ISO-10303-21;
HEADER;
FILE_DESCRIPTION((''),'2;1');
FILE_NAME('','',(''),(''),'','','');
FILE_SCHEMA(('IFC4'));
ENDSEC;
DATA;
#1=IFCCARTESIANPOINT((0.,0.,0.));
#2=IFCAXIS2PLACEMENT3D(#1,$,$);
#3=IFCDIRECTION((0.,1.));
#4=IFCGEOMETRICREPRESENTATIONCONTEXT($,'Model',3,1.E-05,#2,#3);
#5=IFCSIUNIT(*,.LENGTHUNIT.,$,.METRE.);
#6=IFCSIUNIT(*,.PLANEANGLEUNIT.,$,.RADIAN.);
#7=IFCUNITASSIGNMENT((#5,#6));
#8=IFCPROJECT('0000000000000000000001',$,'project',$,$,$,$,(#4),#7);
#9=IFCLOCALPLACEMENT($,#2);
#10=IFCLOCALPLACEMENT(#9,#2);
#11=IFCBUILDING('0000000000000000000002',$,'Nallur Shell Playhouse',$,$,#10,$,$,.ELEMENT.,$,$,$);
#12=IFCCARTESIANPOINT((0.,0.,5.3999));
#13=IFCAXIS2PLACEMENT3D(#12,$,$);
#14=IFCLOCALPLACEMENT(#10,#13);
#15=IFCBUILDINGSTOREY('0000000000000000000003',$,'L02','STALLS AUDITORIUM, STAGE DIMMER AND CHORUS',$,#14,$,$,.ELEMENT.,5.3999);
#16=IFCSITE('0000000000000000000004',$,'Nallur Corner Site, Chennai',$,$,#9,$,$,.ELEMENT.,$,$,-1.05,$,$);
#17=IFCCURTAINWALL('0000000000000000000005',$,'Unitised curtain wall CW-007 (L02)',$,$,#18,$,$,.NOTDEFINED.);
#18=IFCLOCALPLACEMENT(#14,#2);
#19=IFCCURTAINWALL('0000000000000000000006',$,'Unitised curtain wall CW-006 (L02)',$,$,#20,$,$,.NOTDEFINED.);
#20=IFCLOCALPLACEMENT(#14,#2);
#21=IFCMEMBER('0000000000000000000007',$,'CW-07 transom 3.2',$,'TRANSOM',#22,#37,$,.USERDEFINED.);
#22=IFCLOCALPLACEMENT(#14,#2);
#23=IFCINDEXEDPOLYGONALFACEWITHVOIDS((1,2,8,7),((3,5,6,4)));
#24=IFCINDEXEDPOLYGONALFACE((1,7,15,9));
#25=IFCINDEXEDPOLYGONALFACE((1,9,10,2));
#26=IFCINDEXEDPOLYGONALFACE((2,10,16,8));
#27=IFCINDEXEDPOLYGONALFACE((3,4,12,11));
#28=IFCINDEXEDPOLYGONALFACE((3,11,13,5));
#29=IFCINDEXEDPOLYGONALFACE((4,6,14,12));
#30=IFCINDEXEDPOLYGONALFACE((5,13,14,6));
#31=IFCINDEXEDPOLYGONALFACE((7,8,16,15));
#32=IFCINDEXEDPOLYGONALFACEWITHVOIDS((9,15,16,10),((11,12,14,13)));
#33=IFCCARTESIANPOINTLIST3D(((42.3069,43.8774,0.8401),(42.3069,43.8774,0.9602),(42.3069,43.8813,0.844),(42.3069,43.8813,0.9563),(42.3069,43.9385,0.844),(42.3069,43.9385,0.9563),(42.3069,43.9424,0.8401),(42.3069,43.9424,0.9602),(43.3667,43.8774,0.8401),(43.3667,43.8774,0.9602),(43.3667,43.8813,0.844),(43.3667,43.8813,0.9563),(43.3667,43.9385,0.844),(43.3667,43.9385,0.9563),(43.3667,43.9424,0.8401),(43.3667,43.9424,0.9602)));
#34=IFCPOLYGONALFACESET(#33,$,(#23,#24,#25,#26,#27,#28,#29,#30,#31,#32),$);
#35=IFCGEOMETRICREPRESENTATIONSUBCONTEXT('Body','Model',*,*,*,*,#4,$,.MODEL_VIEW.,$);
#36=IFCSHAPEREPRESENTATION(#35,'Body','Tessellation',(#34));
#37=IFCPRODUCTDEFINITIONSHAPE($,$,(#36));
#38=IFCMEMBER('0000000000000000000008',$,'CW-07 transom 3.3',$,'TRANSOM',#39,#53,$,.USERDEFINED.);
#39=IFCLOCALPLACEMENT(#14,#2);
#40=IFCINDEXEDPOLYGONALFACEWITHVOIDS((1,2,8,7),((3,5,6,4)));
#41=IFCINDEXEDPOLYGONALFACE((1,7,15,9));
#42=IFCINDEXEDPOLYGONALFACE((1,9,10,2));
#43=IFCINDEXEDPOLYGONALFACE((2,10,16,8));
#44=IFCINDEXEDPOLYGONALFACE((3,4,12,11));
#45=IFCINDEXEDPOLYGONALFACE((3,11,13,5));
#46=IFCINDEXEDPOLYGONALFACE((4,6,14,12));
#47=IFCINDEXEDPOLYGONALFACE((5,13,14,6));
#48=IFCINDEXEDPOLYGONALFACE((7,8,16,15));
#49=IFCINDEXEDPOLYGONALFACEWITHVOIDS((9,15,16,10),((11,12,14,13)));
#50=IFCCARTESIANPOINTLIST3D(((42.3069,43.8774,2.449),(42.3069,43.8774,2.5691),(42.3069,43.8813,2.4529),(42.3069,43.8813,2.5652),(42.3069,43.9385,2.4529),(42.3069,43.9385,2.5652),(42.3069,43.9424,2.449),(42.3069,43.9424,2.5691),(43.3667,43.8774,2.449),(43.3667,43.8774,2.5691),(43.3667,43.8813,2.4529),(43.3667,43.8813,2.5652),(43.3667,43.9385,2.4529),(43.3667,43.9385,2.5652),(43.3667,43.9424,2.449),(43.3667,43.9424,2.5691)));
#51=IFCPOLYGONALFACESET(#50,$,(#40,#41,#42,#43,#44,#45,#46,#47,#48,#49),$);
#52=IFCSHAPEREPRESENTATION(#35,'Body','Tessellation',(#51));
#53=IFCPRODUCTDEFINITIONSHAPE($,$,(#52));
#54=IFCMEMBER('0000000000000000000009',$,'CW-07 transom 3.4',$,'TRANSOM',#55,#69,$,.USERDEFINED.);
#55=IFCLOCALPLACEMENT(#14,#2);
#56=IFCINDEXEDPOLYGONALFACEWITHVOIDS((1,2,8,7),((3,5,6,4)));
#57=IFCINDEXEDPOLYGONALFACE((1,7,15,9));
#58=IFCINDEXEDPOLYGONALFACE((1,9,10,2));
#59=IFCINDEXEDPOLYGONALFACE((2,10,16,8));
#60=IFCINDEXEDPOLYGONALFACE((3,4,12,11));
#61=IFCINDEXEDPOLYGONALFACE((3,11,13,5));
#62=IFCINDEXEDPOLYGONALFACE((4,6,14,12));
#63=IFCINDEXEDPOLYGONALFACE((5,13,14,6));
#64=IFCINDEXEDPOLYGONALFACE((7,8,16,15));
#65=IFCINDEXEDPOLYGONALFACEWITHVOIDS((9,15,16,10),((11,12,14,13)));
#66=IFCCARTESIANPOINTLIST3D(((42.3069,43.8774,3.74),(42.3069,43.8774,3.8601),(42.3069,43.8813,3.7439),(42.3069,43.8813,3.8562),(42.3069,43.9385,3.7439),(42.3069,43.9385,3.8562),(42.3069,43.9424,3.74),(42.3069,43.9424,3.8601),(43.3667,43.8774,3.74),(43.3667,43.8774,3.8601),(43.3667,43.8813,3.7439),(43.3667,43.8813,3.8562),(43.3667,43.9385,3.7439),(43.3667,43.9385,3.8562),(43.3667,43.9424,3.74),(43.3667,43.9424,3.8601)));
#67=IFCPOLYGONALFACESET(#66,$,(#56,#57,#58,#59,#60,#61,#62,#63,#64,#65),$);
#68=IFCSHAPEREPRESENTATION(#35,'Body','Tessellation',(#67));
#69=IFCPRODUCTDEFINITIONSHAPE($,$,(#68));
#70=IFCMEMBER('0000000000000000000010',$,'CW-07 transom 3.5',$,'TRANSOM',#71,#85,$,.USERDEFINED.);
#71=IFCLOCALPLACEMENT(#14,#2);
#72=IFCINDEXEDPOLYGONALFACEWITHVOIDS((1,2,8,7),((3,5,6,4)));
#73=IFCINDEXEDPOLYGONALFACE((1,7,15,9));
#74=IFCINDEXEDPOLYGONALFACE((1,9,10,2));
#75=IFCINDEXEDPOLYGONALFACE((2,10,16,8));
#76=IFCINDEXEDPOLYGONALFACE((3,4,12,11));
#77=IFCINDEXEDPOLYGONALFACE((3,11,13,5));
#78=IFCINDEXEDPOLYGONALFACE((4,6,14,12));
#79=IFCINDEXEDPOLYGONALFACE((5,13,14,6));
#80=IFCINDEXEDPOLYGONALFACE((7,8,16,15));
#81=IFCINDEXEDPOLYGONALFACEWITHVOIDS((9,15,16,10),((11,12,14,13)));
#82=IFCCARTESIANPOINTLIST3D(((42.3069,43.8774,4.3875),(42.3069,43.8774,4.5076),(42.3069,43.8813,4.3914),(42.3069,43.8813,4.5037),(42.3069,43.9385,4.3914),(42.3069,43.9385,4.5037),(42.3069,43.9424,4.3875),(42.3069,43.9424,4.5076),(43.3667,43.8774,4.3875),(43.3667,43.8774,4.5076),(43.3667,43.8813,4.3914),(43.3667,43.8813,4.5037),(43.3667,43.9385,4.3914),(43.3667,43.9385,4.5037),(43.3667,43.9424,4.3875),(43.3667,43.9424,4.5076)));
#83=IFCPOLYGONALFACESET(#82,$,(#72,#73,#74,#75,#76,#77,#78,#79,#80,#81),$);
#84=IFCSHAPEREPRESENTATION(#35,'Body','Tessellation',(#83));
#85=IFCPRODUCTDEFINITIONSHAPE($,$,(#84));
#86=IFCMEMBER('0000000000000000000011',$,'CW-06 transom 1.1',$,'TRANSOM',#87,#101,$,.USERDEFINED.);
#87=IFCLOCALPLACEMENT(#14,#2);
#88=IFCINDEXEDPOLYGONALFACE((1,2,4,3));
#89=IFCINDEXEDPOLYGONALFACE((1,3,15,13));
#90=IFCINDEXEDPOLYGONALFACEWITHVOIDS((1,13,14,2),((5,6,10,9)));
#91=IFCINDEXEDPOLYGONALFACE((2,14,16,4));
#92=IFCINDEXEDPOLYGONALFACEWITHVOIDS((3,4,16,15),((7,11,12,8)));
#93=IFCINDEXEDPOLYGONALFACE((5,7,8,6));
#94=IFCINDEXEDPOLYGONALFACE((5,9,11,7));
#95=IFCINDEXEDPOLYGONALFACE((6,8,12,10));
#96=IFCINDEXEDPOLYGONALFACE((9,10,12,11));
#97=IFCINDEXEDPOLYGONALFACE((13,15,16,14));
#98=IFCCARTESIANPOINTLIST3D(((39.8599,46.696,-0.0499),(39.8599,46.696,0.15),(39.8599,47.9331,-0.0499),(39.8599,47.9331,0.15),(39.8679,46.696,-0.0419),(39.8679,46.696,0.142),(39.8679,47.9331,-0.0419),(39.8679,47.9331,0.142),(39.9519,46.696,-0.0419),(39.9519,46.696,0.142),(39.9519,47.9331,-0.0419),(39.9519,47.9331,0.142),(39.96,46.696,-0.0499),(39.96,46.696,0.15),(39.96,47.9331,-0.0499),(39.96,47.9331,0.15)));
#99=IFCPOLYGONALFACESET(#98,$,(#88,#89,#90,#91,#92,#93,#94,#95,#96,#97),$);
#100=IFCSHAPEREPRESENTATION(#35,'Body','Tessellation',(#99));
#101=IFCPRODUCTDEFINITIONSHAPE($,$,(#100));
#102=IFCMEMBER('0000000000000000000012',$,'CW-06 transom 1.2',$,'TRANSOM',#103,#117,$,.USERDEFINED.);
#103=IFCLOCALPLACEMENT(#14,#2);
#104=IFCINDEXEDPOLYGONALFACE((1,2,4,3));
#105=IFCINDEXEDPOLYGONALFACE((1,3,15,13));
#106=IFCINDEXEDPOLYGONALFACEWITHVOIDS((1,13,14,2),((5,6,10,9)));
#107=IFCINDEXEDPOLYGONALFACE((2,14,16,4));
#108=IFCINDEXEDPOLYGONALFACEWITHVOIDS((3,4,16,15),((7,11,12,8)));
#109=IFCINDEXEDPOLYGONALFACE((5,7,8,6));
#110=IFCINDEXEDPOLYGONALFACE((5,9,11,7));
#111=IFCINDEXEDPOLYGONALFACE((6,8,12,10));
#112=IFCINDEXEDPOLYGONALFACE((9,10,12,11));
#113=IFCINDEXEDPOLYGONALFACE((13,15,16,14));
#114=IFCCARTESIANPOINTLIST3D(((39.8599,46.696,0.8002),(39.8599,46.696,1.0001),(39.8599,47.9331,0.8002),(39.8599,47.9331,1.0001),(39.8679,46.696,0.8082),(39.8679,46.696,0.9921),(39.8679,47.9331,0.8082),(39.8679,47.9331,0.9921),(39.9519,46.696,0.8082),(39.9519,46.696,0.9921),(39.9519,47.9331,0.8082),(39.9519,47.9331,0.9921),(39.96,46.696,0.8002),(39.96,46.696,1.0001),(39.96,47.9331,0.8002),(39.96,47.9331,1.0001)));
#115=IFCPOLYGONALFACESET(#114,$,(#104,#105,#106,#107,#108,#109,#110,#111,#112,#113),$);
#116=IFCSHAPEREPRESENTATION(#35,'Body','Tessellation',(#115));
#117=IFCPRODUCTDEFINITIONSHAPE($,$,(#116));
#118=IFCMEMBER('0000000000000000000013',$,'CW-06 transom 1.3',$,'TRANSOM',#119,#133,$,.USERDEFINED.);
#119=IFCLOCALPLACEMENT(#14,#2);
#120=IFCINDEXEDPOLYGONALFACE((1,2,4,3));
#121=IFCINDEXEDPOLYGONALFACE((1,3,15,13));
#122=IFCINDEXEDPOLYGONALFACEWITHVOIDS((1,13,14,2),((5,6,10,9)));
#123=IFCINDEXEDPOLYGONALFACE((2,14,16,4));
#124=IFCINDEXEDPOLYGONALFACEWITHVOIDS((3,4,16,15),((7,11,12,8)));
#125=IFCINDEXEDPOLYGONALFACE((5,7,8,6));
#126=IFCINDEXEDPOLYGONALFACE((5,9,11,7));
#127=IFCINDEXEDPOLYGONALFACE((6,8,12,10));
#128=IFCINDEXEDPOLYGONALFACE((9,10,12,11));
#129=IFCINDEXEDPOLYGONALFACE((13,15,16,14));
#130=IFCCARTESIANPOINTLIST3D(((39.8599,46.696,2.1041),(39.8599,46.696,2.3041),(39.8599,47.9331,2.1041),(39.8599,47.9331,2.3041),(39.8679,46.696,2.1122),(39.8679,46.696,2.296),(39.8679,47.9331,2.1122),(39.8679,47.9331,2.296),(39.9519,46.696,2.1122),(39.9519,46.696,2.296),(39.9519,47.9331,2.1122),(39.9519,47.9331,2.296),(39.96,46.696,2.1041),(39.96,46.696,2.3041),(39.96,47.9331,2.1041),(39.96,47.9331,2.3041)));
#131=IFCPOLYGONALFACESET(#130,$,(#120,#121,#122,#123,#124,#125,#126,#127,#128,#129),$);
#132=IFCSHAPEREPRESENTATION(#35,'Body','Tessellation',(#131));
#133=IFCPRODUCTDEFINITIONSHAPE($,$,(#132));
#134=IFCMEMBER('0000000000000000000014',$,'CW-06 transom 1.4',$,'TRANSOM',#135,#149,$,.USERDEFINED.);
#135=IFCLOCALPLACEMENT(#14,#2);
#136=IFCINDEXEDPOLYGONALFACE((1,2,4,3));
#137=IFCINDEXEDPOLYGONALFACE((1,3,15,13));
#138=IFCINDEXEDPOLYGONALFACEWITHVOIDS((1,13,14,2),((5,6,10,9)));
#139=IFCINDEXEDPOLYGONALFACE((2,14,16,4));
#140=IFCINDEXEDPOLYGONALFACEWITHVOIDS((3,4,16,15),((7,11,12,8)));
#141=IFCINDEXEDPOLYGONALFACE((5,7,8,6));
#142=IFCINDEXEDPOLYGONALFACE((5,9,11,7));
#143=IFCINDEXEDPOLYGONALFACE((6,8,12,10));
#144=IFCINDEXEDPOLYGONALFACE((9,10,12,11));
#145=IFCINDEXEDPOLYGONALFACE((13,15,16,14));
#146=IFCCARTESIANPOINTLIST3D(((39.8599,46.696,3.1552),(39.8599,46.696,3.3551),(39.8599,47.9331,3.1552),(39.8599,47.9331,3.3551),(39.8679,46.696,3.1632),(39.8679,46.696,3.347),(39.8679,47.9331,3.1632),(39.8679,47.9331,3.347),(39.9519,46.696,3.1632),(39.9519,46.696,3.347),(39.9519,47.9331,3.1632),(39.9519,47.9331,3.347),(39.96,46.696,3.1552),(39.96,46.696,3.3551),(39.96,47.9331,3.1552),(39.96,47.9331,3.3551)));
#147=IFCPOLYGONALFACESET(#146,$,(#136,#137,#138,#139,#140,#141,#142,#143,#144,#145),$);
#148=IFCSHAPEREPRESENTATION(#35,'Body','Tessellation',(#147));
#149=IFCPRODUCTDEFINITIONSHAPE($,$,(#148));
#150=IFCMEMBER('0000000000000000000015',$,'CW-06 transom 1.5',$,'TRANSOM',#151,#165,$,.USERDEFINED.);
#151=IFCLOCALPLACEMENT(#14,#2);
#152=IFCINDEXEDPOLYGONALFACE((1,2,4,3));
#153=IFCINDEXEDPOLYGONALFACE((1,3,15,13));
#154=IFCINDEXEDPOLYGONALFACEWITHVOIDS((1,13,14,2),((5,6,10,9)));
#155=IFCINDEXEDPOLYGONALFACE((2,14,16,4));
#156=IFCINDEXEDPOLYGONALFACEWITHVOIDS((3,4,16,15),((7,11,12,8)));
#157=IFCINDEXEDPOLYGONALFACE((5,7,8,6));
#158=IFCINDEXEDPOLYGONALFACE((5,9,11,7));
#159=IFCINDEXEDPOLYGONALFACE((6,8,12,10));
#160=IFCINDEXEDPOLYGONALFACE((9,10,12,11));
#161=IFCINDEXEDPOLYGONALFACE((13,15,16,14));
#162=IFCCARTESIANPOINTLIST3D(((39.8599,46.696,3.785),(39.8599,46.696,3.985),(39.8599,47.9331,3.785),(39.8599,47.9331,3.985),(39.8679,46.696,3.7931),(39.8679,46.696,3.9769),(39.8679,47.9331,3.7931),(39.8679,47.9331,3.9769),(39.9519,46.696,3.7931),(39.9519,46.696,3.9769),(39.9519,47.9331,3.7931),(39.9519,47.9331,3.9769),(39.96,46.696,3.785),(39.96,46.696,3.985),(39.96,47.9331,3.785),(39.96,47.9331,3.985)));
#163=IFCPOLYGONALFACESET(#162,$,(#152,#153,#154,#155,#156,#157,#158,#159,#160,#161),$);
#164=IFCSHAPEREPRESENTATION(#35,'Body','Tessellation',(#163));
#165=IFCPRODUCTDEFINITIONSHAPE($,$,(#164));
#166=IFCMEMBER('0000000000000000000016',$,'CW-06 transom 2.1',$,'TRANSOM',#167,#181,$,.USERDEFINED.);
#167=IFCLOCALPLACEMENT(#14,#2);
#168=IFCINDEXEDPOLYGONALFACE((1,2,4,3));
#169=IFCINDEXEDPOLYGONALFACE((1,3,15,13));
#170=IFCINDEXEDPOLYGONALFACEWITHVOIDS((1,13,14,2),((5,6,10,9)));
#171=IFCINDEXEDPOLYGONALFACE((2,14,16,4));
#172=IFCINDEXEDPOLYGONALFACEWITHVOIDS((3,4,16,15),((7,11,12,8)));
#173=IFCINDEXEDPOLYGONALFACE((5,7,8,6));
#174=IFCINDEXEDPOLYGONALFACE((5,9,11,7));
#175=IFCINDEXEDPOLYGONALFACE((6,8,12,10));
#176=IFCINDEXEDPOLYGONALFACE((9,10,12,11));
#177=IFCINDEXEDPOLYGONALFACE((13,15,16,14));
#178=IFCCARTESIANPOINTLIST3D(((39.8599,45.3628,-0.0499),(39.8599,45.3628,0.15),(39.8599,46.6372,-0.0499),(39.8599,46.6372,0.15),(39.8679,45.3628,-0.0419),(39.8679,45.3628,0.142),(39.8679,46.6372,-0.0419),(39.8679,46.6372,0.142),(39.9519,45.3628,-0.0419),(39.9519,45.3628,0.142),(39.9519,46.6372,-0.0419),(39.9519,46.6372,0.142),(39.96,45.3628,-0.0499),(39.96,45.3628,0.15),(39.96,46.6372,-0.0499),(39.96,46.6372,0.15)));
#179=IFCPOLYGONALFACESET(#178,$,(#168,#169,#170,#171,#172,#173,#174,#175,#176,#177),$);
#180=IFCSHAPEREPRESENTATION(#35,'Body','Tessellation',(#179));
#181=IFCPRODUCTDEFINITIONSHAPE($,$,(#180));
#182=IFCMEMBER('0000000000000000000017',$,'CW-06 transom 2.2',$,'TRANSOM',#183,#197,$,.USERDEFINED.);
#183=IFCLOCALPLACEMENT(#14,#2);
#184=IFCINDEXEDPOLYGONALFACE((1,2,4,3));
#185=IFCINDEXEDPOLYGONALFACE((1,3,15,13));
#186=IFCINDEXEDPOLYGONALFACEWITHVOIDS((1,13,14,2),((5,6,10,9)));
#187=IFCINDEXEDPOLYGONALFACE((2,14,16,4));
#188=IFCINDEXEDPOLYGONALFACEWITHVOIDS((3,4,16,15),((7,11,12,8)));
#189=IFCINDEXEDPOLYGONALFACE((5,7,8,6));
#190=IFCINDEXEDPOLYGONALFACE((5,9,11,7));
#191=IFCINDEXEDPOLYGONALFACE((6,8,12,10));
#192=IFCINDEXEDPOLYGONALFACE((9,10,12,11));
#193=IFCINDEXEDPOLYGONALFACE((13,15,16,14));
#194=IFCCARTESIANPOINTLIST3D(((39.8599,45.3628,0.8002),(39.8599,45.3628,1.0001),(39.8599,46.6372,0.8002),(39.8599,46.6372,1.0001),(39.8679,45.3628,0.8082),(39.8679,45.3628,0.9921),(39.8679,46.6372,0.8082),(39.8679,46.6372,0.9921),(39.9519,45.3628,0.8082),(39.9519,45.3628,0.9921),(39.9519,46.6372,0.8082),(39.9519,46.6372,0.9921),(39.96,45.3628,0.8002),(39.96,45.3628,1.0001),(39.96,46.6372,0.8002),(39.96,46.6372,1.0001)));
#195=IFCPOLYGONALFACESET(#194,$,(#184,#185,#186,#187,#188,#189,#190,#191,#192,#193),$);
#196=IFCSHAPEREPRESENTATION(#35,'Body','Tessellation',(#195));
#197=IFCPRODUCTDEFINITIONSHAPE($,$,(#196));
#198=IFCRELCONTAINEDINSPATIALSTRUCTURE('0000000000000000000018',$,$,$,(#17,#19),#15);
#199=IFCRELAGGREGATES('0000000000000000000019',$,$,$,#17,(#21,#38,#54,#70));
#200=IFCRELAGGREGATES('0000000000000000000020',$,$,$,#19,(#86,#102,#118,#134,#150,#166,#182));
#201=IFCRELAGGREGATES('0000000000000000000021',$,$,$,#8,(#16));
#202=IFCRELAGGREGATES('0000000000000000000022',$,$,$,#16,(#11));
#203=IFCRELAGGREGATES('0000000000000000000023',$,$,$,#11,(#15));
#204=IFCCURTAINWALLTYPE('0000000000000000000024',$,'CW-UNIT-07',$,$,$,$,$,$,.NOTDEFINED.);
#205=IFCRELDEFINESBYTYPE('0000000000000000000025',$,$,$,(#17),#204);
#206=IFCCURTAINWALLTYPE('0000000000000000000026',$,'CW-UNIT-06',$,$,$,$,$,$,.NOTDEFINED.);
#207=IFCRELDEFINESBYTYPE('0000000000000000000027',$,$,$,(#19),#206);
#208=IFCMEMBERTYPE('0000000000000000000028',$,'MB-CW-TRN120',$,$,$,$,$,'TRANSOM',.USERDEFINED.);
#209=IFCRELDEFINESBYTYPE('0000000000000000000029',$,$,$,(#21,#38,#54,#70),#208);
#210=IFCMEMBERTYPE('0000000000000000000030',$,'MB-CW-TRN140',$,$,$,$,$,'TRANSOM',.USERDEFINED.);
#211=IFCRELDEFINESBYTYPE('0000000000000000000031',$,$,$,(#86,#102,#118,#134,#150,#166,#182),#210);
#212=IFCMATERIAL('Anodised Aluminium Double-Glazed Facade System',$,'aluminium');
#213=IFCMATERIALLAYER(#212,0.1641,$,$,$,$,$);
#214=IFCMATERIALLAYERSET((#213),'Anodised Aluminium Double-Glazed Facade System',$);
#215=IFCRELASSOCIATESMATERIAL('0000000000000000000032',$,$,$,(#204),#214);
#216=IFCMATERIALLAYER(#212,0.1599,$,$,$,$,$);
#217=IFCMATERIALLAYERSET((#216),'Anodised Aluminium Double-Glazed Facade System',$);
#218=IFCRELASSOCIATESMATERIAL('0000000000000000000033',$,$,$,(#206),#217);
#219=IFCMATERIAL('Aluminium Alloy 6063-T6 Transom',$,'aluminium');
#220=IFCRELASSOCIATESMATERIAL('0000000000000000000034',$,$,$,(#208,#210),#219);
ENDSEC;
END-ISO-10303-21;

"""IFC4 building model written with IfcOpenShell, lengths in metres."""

from ifc_helpers import new_model, si_unit, direction, frame, origin, origin_2d, place, context, subcontext, project, spatial, hollow_rectangle, extrude, material, layer, layer_set, material_profile, profile_set, type_object, element, aggregate, save


model = new_model("IFC4")

# Units and contexts
model_context = context("Model", 3, precision=1e-05, world=origin(), true_north=direction((0.0, 1.0)))
body_context = subcontext(model_context, "Body", "Model", "MODEL_VIEW")
ifc_project = project(units=[si_unit("LENGTHUNIT", "METRE"), si_unit("PLANEANGLEUNIT", "RADIAN")], contexts=[model_context])

# Site, building, storey
site_placement = place(None, origin())
site = spatial("IfcSite", under=ifc_project, at=site_placement, Name="Nallur Corner Site, Chennai", CompositionType="ELEMENT", RefElevation=-1.05)
building_placement = place(site_placement, origin())
building = spatial("IfcBuilding", under=site, at=building_placement, Name="Nallur Shell Playhouse", CompositionType="ELEMENT")
storey_placement = place(building_placement, frame((0.0, 0.0, 5.3999)))
storey = spatial("IfcBuildingStorey", under=building, at=storey_placement, Name="L02", Description="STALLS AUDITORIUM, STAGE DIMMER AND CHORUS", CompositionType="ELEMENT", Elevation=5.3999)

# Curtain wall
ifc_material_1 = material(Name="Anodised Aluminium Double-Glazed Facade System", Category="aluminium")
ifc_layer_1 = layer(ifc_material_1, 0.1641)
ifc_layer_set_1 = layer_set([ifc_layer_1], Name="Anodised Aluminium Double-Glazed Facade System")
curtain_wall_type_1 = type_object("IfcCurtainWallType", Name="CW-UNIT-07", PredefinedType="NOTDEFINED", material=ifc_layer_set_1)
curtain_wall_1_placement = place(storey_placement, origin())
curtain_wall_1 = element("IfcCurtainWall", 1, at=curtain_wall_1_placement, inside=storey, type_object=curtain_wall_type_1, Name="Unitised curtain wall CW-007 (L02)", PredefinedType="NOTDEFINED")

# Curtain wall
ifc_layer_2 = layer(ifc_material_1, 0.1599)
ifc_layer_set_2 = layer_set([ifc_layer_2], Name="Anodised Aluminium Double-Glazed Facade System")
curtain_wall_type_2 = type_object("IfcCurtainWallType", Name="CW-UNIT-06", PredefinedType="NOTDEFINED", material=ifc_layer_set_2)
curtain_wall_2_placement = place(storey_placement, origin())
curtain_wall_2 = element("IfcCurtainWall", 2, at=curtain_wall_2_placement, inside=storey, type_object=curtain_wall_type_2, Name="Unitised curtain wall CW-006 (L02)", PredefinedType="NOTDEFINED")

# Members
ifc_material_2 = material(Name="Aluminium Alloy 6063-T6 Transom", Category="aluminium")
ifc_material_profile_1 = material_profile(ifc_material_2, hollow_rectangle(XDim=0.0649, YDim=0.1201, WallThickness=0.0039, at=origin_2d()), Name="ALU 65x120x4")
ifc_profile_set_1 = profile_set([ifc_material_profile_1], Name="Aluminium Alloy 6063-T6 Transom")
member_type_1 = type_object("IfcMemberType", Name="MB-CW-TRN120", ElementType="TRANSOM", PredefinedType="USERDEFINED", material=ifc_profile_set_1)
member_1_placement = place(storey_placement, frame((42.3069, 43.9099, 0.9001), z_axis=(1.0, 0.0, 0.0), x_axis=(0.0, 1.0, 0.0)))
member_1 = element("IfcMember", 3, at=member_1_placement, type_object=member_type_1, Name="CW-07 transom 3.2", ObjectType="TRANSOM", PredefinedType="USERDEFINED", context=body_context, shape_type="SweptSolid", body=[
    extrude(hollow_rectangle(XDim=0.0649, YDim=0.1201, WallThickness=0.0039, at=origin_2d()), origin(), (0.0, 0.0, 1.0), 1.0598),
])
member_2_placement = place(storey_placement, frame((42.3069, 43.9099, 2.509), z_axis=(1.0, 0.0, 0.0), x_axis=(0.0, 1.0, 0.0)))
member_2 = element("IfcMember", 4, at=member_2_placement, type_object=member_type_1, Name="CW-07 transom 3.3", ObjectType="TRANSOM", PredefinedType="USERDEFINED", context=body_context, shape_type="SweptSolid", body=[
    extrude(hollow_rectangle(XDim=0.0649, YDim=0.1201, WallThickness=0.0039, at=origin_2d()), origin(), (0.0, 0.0, 1.0), 1.0598),
])
member_3_placement = place(storey_placement, frame((42.3069, 43.9099, 3.8), z_axis=(1.0, 0.0, 0.0), x_axis=(0.0, 1.0, 0.0)))
member_3 = element("IfcMember", 5, at=member_3_placement, type_object=member_type_1, Name="CW-07 transom 3.4", ObjectType="TRANSOM", PredefinedType="USERDEFINED", context=body_context, shape_type="SweptSolid", body=[
    extrude(hollow_rectangle(XDim=0.0649, YDim=0.1201, WallThickness=0.0039, at=origin_2d()), origin(), (0.0, 0.0, 1.0), 1.0598),
])
member_4_placement = place(storey_placement, frame((42.3069, 43.9099, 4.4475), z_axis=(1.0, 0.0, 0.0), x_axis=(0.0, 1.0, 0.0)))
member_4 = element("IfcMember", 6, at=member_4_placement, type_object=member_type_1, Name="CW-07 transom 3.5", ObjectType="TRANSOM", PredefinedType="USERDEFINED", context=body_context, shape_type="SweptSolid", body=[
    extrude(hollow_rectangle(XDim=0.0649, YDim=0.1201, WallThickness=0.0039, at=origin_2d()), origin(), (0.0, 0.0, 1.0), 1.0598),
])
aggregate(curtain_wall_1, [member_1, member_2, member_3, member_4])
ifc_material_profile_2 = material_profile(ifc_material_2, hollow_rectangle(XDim=0.1001, YDim=0.2, WallThickness=0.0081, at=origin_2d()), Name="RHS 200x100x8")
ifc_profile_set_2 = profile_set([ifc_material_profile_2], Name="Aluminium Alloy 6063-T6 Transom")
member_type_2 = type_object("IfcMemberType", Name="MB-CW-TRN140", ElementType="TRANSOM", PredefinedType="USERDEFINED", material=ifc_profile_set_2)
member_5_placement = place(storey_placement, frame((39.9099, 47.9331, 0.05), z_axis=(0.0, -1.0, 0.0), x_axis=(1.0, 0.0, 0.0)))
member_5 = element("IfcMember", 7, at=member_5_placement, type_object=member_type_2, Name="CW-06 transom 1.1", ObjectType="TRANSOM", PredefinedType="USERDEFINED", context=body_context, shape_type="SweptSolid", body=[
    extrude(hollow_rectangle(XDim=0.1001, YDim=0.2, WallThickness=0.0081, at=origin_2d()), origin(), (0.0, 0.0, 1.0), 1.2371),
])
member_6_placement = place(storey_placement, frame((39.9099, 47.9331, 0.9001), z_axis=(0.0, -1.0, 0.0), x_axis=(1.0, 0.0, 0.0)))
member_6 = element("IfcMember", 8, at=member_6_placement, type_object=member_type_2, Name="CW-06 transom 1.2", ObjectType="TRANSOM", PredefinedType="USERDEFINED", context=body_context, shape_type="SweptSolid", body=[
    extrude(hollow_rectangle(XDim=0.1001, YDim=0.2, WallThickness=0.0081, at=origin_2d()), origin(), (0.0, 0.0, 1.0), 1.2371),
])
member_7_placement = place(storey_placement, frame((39.9099, 47.9331, 2.2041), z_axis=(0.0, -1.0, 0.0), x_axis=(1.0, 0.0, 0.0)))
member_7 = element("IfcMember", 9, at=member_7_placement, type_object=member_type_2, Name="CW-06 transom 1.3", ObjectType="TRANSOM", PredefinedType="USERDEFINED", context=body_context, shape_type="SweptSolid", body=[
    extrude(hollow_rectangle(XDim=0.1001, YDim=0.2, WallThickness=0.0081, at=origin_2d()), origin(), (0.0, 0.0, 1.0), 1.2371),
])
member_8_placement = place(storey_placement, frame((39.9099, 47.9331, 3.2551), z_axis=(0.0, -1.0, 0.0), x_axis=(1.0, 0.0, 0.0)))
member_8 = element("IfcMember", 10, at=member_8_placement, type_object=member_type_2, Name="CW-06 transom 1.4", ObjectType="TRANSOM", PredefinedType="USERDEFINED", context=body_context, shape_type="SweptSolid", body=[
    extrude(hollow_rectangle(XDim=0.1001, YDim=0.2, WallThickness=0.0081, at=origin_2d()), origin(), (0.0, 0.0, 1.0), 1.2371),
])
member_9_placement = place(storey_placement, frame((39.9099, 47.9331, 3.885), z_axis=(0.0, -1.0, 0.0), x_axis=(1.0, 0.0, 0.0)))
member_9 = element("IfcMember", 11, at=member_9_placement, type_object=member_type_2, Name="CW-06 transom 1.5", ObjectType="TRANSOM", PredefinedType="USERDEFINED", context=body_context, shape_type="SweptSolid", body=[
    extrude(hollow_rectangle(XDim=0.1001, YDim=0.2, WallThickness=0.0081, at=origin_2d()), origin(), (0.0, 0.0, 1.0), 1.2371),
])
member_10_placement = place(storey_placement, frame((39.9099, 46.6372, 0.05), z_axis=(0.0, -1.0, 0.0), x_axis=(1.0, 0.0, 0.0)))
member_10 = element("IfcMember", 12, at=member_10_placement, type_object=member_type_2, Name="CW-06 transom 2.1", ObjectType="TRANSOM", PredefinedType="USERDEFINED", context=body_context, shape_type="SweptSolid", body=[
    extrude(hollow_rectangle(XDim=0.1001, YDim=0.2, WallThickness=0.0081, at=origin_2d()), origin(), (0.0, 0.0, 1.0), 1.2744),
])
member_11_placement = place(storey_placement, frame((39.9099, 46.6372, 0.9001), z_axis=(0.0, -1.0, 0.0), x_axis=(1.0, 0.0, 0.0)))
member_11 = element("IfcMember", 13, at=member_11_placement, type_object=member_type_2, Name="CW-06 transom 2.2", ObjectType="TRANSOM", PredefinedType="USERDEFINED", context=body_context, shape_type="SweptSolid", body=[
    extrude(hollow_rectangle(XDim=0.1001, YDim=0.2, WallThickness=0.0081, at=origin_2d()), origin(), (0.0, 0.0, 1.0), 1.2744),
])

aggregate(curtain_wall_2, [member_5, member_6, member_7, member_8, member_9, member_10, member_11])

save(model, "model.ifc")
